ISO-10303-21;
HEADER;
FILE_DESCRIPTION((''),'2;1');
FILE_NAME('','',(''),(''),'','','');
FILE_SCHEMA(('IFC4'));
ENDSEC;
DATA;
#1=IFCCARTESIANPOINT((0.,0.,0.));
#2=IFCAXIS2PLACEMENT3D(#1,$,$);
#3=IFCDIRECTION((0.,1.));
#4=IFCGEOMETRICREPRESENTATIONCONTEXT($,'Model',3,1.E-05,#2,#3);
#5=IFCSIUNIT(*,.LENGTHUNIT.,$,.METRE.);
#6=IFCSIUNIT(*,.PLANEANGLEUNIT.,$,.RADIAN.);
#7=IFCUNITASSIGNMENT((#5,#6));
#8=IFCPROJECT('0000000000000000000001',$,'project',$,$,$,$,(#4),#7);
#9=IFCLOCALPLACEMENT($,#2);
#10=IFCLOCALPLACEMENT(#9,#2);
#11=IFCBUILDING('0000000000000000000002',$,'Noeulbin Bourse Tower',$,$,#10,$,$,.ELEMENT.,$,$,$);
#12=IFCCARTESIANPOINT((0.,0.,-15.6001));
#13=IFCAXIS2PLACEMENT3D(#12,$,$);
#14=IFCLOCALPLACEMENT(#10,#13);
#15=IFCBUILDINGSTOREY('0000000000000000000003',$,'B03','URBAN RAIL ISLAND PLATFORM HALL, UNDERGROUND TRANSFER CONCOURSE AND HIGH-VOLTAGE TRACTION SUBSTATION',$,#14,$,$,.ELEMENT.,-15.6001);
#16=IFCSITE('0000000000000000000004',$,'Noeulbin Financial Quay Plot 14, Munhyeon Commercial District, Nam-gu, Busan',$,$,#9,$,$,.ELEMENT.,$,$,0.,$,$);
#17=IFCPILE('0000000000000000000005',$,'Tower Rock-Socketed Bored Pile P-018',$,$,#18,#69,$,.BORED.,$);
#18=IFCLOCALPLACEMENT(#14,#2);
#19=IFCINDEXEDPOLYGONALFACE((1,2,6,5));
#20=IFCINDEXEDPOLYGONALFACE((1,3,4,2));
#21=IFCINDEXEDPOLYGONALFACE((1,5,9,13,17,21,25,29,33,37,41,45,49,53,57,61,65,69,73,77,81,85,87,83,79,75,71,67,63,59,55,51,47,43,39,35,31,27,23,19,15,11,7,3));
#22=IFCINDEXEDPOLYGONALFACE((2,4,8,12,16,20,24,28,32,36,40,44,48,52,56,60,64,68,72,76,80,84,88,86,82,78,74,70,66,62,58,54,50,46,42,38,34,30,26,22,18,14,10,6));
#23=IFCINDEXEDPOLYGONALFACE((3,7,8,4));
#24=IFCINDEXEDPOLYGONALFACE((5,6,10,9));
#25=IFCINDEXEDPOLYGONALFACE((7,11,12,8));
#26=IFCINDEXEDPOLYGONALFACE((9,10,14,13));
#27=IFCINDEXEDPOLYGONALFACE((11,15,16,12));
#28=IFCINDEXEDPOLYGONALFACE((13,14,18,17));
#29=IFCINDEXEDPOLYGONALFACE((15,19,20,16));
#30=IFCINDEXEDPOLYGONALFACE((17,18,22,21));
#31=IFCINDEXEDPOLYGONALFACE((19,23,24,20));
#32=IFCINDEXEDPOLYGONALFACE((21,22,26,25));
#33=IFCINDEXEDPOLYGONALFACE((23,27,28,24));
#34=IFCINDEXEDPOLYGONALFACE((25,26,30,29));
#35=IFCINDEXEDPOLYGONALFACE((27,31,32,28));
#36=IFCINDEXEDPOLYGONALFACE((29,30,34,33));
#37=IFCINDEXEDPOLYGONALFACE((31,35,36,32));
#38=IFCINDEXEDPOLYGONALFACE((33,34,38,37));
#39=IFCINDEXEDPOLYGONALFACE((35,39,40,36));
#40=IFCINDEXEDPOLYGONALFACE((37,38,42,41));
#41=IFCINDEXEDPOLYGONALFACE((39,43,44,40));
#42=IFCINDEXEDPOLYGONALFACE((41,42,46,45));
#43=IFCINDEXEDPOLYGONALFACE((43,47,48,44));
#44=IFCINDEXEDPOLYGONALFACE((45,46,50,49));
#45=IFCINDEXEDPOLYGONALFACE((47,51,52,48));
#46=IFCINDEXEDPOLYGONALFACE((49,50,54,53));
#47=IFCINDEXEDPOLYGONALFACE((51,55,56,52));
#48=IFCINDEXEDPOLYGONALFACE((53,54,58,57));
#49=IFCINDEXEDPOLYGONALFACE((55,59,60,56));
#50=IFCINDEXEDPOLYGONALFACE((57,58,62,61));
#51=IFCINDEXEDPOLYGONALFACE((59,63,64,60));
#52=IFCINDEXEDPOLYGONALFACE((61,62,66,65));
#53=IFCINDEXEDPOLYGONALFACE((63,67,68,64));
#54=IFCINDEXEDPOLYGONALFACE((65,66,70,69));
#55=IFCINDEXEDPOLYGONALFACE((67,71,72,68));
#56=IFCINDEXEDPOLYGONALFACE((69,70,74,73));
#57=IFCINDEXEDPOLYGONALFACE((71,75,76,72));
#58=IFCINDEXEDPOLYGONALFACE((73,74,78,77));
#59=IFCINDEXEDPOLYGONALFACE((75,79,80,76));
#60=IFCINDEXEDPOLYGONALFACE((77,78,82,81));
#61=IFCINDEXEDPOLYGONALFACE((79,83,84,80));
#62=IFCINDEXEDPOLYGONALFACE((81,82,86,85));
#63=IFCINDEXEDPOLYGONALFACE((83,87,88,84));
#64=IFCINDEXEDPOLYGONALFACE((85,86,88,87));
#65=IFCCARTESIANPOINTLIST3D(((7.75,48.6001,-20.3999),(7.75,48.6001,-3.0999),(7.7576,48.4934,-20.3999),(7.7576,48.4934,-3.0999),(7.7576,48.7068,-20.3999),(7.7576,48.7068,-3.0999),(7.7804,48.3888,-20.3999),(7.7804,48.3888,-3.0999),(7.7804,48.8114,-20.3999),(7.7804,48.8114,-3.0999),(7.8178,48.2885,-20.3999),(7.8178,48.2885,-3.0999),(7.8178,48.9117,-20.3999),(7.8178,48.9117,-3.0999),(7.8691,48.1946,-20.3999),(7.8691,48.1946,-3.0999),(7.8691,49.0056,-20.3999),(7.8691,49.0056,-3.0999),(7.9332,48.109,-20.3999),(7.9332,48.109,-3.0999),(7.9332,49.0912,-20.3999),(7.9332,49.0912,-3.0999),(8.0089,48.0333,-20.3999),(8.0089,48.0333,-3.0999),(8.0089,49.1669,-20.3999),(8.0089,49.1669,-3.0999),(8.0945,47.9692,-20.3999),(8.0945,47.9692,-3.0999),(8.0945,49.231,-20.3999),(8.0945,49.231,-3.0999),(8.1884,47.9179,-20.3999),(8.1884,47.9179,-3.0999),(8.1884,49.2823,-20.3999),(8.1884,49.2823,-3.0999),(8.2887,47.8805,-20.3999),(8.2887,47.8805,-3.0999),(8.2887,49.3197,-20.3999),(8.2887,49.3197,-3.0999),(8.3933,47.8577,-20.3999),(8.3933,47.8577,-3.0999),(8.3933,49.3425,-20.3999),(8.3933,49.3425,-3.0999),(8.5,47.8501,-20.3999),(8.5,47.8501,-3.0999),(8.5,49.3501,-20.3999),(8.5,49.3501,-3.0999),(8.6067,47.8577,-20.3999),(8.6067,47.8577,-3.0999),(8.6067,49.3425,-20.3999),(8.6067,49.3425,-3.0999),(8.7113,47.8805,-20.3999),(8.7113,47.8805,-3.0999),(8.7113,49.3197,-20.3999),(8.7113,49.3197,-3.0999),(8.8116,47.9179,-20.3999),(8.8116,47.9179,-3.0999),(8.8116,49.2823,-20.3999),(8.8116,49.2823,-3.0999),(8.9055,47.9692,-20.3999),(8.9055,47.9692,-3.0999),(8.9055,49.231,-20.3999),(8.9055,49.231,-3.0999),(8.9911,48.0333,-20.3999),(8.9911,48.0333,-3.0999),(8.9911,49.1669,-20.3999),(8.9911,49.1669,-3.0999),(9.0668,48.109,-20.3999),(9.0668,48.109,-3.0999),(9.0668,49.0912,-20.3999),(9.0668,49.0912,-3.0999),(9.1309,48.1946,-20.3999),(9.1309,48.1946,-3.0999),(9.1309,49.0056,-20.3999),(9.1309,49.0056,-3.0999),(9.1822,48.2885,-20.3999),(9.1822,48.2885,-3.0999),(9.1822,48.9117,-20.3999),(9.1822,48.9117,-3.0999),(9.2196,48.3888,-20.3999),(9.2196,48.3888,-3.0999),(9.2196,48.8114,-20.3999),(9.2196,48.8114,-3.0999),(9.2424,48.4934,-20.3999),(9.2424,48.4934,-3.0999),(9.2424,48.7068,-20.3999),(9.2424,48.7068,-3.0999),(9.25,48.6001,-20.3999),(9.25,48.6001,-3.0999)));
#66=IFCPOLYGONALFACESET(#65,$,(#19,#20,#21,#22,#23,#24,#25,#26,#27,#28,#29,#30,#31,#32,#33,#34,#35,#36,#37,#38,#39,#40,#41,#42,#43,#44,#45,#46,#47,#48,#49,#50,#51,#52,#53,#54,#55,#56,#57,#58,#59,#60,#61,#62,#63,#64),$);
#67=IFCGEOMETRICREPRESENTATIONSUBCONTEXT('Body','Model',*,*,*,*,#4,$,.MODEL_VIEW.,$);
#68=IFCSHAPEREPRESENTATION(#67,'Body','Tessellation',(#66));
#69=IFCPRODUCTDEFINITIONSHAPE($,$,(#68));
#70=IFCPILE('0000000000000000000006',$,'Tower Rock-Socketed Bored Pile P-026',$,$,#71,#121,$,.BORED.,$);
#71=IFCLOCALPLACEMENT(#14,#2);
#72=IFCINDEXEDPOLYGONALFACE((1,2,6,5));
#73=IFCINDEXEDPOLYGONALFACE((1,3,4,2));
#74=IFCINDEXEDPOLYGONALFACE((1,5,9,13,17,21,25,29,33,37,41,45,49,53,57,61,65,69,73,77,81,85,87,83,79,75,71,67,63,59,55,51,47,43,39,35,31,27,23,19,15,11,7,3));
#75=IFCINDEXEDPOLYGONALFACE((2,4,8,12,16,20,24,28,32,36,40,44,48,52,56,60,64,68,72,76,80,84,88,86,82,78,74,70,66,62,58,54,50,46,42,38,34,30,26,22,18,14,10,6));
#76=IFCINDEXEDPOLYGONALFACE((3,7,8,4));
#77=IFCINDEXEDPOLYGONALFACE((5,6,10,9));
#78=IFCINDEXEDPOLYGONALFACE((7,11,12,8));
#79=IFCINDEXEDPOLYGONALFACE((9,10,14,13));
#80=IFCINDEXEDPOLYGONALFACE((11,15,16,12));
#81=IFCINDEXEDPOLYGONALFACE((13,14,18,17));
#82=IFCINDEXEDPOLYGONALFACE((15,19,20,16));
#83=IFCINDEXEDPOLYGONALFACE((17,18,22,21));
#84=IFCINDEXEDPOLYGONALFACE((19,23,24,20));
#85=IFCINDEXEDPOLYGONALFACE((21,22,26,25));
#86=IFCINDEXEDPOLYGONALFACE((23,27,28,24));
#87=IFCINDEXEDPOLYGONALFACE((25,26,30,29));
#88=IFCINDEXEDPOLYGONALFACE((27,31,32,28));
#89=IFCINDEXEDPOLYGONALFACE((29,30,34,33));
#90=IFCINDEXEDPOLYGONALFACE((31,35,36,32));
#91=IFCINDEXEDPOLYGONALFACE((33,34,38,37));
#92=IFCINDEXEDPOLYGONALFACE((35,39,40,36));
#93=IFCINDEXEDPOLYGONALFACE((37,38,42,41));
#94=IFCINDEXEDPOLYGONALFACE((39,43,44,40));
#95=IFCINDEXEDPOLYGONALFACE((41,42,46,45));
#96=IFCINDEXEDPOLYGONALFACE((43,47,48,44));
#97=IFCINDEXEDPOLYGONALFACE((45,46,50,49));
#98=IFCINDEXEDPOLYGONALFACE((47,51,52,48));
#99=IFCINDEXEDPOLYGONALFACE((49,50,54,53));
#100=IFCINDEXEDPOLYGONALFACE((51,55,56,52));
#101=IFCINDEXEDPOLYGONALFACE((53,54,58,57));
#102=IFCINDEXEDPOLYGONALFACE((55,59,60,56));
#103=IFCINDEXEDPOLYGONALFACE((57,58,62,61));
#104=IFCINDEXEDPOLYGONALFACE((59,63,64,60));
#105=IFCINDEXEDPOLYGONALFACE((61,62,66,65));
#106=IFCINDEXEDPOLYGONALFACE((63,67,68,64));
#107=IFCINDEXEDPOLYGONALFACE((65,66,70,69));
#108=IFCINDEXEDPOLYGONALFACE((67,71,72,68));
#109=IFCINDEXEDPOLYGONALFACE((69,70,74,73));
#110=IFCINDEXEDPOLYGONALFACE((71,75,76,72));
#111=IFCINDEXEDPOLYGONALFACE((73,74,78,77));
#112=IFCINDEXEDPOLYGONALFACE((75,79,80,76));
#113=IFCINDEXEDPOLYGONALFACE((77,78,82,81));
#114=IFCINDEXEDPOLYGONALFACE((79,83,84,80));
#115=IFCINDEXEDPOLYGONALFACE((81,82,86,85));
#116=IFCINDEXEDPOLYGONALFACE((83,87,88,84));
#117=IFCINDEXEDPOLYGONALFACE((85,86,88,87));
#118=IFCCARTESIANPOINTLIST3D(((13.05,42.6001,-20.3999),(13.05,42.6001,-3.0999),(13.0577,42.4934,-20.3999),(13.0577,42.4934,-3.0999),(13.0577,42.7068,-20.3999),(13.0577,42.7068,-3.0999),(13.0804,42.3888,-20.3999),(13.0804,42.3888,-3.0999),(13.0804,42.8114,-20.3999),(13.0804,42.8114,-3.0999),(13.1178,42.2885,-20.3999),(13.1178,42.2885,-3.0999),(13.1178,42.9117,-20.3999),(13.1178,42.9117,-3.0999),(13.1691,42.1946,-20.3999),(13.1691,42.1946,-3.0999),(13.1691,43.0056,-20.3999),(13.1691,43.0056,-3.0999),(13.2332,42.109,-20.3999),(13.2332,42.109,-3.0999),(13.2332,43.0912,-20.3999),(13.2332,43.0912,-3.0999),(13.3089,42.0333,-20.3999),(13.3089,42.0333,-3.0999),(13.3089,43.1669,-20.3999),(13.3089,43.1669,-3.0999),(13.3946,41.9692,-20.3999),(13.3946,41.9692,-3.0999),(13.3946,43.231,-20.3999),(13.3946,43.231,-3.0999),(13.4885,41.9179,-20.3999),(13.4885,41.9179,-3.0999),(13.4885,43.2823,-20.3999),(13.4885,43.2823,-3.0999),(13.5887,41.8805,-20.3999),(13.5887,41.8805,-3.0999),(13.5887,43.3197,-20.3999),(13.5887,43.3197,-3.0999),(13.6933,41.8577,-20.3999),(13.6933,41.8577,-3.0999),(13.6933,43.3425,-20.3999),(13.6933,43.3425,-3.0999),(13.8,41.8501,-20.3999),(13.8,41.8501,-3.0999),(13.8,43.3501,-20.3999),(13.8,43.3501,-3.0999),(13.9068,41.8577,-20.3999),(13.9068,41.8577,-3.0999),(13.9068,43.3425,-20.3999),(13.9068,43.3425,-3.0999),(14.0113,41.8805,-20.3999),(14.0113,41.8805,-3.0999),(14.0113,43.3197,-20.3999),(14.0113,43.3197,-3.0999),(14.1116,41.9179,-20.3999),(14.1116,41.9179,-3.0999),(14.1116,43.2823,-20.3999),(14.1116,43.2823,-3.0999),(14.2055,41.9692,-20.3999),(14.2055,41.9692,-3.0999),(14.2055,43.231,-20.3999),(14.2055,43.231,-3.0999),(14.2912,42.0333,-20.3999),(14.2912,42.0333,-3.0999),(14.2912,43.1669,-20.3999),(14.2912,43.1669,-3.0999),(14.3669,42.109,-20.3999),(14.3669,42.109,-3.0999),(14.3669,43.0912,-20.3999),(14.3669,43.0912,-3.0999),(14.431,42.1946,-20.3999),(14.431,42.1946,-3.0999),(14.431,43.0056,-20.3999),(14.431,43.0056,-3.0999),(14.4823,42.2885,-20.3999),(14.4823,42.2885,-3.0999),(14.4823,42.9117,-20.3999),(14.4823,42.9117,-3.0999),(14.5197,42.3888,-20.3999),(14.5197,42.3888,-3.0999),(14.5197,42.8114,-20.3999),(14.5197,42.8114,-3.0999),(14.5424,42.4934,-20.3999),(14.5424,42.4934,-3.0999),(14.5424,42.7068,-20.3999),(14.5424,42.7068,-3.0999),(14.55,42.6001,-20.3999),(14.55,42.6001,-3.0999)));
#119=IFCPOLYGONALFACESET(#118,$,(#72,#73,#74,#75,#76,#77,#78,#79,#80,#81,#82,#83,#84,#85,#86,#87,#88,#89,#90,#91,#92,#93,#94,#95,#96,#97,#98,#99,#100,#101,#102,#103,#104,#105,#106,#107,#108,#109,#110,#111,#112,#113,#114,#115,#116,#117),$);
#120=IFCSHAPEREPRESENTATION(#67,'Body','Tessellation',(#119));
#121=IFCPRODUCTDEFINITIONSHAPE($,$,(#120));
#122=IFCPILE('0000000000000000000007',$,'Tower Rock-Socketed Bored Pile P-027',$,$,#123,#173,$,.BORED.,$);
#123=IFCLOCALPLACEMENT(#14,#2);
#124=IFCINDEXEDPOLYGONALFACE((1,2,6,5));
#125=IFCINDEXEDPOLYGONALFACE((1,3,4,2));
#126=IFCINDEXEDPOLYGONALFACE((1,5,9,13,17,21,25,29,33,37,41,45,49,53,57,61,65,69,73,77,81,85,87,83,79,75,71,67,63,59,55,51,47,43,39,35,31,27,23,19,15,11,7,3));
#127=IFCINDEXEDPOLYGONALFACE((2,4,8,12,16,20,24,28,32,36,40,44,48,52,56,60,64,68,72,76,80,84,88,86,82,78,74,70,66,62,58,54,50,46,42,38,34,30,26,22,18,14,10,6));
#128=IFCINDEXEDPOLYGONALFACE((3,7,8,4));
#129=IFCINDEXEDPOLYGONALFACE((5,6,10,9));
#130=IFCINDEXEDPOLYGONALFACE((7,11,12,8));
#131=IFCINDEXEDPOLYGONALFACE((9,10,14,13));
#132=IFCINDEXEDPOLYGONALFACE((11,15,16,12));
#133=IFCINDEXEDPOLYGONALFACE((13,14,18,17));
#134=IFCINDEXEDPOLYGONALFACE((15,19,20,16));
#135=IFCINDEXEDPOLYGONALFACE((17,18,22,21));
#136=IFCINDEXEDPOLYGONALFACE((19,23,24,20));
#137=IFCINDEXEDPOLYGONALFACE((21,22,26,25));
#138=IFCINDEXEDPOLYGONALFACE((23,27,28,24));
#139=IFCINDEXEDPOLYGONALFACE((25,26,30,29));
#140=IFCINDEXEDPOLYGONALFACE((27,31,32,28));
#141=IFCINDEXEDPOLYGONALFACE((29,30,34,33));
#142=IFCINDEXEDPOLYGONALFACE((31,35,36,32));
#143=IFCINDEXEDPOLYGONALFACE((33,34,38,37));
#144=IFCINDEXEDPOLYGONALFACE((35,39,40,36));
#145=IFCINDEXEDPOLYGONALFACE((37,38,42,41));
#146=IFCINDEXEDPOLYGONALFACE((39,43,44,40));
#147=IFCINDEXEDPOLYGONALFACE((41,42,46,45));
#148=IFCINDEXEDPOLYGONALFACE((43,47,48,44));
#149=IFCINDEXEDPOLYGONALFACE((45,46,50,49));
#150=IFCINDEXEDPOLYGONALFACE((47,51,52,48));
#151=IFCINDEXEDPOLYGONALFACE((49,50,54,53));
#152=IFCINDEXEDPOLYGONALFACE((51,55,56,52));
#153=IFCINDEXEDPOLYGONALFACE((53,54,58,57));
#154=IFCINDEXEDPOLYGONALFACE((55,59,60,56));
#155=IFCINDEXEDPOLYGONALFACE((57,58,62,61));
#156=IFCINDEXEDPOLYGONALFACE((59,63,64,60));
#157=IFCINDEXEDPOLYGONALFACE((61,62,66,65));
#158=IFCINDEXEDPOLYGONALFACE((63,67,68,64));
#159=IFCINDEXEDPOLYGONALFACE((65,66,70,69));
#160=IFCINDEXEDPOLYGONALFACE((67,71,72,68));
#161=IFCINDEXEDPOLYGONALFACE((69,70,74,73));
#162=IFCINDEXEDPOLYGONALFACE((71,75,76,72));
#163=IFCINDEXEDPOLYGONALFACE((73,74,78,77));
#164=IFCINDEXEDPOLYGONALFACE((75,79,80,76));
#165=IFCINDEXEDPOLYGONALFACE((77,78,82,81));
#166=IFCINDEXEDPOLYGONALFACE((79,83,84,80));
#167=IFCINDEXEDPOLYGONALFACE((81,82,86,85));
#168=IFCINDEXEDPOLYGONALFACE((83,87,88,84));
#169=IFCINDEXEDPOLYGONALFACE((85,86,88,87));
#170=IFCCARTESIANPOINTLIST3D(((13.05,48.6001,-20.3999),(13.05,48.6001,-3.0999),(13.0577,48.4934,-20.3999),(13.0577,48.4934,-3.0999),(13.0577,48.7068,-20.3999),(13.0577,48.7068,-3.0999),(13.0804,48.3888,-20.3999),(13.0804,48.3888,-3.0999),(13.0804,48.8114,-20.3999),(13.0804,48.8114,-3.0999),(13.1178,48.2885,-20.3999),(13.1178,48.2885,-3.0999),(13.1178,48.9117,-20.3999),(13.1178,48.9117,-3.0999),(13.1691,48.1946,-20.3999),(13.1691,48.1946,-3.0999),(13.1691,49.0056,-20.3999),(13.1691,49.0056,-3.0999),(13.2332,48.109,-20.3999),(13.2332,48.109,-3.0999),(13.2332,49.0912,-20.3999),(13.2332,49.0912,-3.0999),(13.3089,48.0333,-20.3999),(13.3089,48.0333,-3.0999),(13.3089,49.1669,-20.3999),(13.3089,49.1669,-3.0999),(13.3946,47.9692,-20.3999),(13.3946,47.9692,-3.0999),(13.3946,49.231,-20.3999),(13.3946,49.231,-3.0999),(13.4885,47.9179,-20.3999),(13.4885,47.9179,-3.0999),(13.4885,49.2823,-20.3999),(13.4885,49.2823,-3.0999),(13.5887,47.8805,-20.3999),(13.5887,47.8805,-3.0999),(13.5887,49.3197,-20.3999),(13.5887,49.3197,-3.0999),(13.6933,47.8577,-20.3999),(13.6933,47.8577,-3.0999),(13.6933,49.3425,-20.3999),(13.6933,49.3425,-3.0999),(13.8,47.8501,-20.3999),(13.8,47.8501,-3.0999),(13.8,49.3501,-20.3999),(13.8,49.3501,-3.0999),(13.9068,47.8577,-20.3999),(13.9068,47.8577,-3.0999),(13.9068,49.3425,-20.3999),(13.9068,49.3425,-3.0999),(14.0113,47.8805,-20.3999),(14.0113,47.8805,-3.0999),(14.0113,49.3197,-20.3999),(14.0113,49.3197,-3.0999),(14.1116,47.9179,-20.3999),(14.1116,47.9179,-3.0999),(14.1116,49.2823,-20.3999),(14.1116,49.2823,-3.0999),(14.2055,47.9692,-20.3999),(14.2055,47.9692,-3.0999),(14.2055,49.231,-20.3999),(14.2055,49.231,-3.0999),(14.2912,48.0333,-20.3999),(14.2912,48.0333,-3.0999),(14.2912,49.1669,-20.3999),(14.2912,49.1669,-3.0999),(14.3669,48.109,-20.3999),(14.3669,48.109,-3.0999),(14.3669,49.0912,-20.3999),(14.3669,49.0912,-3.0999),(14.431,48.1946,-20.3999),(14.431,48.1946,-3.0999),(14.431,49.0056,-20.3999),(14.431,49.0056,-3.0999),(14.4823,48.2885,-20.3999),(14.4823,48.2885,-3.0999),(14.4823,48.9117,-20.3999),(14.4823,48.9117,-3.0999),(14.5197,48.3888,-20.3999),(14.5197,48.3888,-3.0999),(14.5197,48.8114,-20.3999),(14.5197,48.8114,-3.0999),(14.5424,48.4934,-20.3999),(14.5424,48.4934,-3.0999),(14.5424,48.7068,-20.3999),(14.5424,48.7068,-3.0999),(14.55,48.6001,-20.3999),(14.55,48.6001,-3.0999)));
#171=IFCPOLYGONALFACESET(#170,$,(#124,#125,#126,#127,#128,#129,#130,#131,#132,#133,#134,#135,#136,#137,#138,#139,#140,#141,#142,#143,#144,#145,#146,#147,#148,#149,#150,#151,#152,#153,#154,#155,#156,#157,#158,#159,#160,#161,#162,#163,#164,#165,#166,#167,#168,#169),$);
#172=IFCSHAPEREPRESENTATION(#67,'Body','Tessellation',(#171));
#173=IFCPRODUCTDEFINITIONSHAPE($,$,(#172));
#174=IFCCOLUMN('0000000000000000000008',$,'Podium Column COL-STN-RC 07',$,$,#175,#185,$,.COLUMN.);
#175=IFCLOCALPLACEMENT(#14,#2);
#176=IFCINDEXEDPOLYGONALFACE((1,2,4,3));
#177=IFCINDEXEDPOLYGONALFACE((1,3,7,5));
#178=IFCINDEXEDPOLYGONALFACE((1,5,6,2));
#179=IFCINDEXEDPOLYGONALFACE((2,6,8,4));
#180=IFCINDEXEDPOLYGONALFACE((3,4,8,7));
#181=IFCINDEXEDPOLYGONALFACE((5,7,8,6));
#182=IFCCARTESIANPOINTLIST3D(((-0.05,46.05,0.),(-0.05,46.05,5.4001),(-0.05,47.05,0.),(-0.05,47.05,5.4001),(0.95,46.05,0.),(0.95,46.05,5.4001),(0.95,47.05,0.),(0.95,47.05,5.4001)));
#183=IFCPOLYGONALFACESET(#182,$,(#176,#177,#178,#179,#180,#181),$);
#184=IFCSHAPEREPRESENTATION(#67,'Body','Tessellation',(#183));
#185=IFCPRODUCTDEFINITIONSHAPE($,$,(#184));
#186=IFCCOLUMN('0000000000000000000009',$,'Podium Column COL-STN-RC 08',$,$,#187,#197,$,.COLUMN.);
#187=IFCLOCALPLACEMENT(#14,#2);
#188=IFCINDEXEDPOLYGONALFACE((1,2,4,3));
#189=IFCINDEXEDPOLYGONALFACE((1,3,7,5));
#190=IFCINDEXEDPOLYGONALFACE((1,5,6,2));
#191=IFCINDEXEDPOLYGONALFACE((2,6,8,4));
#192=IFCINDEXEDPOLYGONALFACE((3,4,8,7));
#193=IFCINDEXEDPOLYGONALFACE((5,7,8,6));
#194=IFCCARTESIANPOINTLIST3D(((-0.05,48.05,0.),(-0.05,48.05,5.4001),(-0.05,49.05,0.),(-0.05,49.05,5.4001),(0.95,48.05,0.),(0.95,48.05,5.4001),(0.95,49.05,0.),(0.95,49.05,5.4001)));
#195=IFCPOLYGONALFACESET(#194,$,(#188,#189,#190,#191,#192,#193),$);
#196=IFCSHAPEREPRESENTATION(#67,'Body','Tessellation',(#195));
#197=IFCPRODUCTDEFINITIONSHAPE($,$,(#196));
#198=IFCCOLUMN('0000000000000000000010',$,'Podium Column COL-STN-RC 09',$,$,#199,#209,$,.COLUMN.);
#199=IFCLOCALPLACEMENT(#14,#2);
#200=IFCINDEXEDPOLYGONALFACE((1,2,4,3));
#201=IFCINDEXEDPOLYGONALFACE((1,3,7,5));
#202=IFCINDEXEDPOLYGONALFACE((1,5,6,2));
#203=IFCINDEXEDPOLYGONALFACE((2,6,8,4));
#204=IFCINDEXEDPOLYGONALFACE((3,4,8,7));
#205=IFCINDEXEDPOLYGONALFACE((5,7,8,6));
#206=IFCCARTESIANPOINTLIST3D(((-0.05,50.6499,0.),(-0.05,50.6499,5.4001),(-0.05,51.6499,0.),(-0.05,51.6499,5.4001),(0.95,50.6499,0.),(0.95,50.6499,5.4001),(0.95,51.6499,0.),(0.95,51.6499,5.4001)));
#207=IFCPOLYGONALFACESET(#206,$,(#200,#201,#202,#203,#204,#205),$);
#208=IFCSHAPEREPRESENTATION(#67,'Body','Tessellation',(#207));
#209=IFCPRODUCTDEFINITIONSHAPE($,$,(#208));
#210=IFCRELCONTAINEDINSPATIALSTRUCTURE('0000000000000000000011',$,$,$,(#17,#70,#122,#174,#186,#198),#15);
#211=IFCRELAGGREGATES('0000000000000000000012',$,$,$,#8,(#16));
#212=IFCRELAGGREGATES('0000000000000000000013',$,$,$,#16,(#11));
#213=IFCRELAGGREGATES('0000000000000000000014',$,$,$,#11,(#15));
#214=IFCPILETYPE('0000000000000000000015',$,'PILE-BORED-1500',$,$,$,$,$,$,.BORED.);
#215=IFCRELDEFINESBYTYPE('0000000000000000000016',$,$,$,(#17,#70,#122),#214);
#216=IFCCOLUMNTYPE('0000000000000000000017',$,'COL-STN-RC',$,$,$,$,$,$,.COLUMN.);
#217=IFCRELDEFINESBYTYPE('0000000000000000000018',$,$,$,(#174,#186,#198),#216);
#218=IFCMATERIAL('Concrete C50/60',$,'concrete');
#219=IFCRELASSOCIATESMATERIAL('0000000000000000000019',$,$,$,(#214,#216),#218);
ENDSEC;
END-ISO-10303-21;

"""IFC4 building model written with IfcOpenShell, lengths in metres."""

from ifc_helpers import new_model, si_unit, direction, frame, origin, origin_2d, place, context, subcontext, project, spatial, rectangle, circle, extrude, material, material_profile, profile_set, type_object, element, save


model = new_model("IFC4")

# Units and contexts
model_context = context("Model", 3, precision=1e-05, world=origin(), true_north=direction((0.0, 1.0)))
body_context = subcontext(model_context, "Body", "Model", "MODEL_VIEW")
ifc_project = project(units=[si_unit("LENGTHUNIT", "METRE"), si_unit("PLANEANGLEUNIT", "RADIAN")], contexts=[model_context])

# Site, building, storey
site_placement = place(None, origin())
site = spatial("IfcSite", under=ifc_project, at=site_placement, Name="Noeulbin Financial Quay Plot 14, Munhyeon Commercial District, Nam-gu, Busan", CompositionType="ELEMENT", RefElevation=0.0)
building_placement = place(site_placement, origin())
building = spatial("IfcBuilding", under=site, at=building_placement, Name="Noeulbin Bourse Tower", CompositionType="ELEMENT")
storey_placement = place(building_placement, frame((0.0, 0.0, -15.6001)))
storey = spatial("IfcBuildingStorey", under=building, at=storey_placement, Name="B03", Description="URBAN RAIL ISLAND PLATFORM HALL, UNDERGROUND TRANSFER CONCOURSE AND HIGH-VOLTAGE TRACTION SUBSTATION", CompositionType="ELEMENT", Elevation=-15.6001)

# Piles
ifc_material_1 = material(Name="Concrete C50/60", Category="concrete")
ifc_material_profile_1 = material_profile(ifc_material_1, circle(Radius=0.75, at=origin_2d()), Name="PILE-D1500", Category="LoadBearing")
ifc_profile_set_1 = profile_set([ifc_material_profile_1], Name="Concrete C50/60")
pile_type = type_object("IfcPileType", Name="PILE-BORED-1500", PredefinedType="BORED", material=ifc_profile_set_1)
for number, where, z_axis, x_axis, name in (
    (1, (8.5, 48.6001, -3.0999), (0.0, 0.0, -1.0), (1.0, 0.0, 0.0), "Tower Rock-Socketed Bored Pile P-018"),
    (2, (13.8, 42.6001, -3.0999), (0.0, 0.0, -1.0), (1.0, 0.0, 0.0), "Tower Rock-Socketed Bored Pile P-026"),
    (3, (13.8, 48.6001, -3.0999), (0.0, 0.0, -1.0), (1.0, 0.0, 0.0), "Tower Rock-Socketed Bored Pile P-027"),
):
    element("IfcPile", number, at=place(storey_placement, frame(where, z_axis=z_axis, x_axis=x_axis)), inside=storey, type_object=pile_type, Name=name, PredefinedType="BORED", context=body_context, shape_type="SweptSolid", body=[
        extrude(circle(Radius=0.75, at=origin_2d()), origin(), (0.0, 0.0, 1.0), 17.3),
    ])

# Columns
ifc_material_profile_2 = material_profile(ifc_material_1, rectangle(XDim=1.0, YDim=1.0, at=origin_2d()), Name="RC-COL-1000x1000", Category="LoadBearing")
ifc_profile_set_2 = profile_set([ifc_material_profile_2], Name="Concrete C50/60")
column_type = type_object("IfcColumnType", Name="COL-STN-RC", PredefinedType="COLUMN", material=ifc_profile_set_2)
for number, where, z_axis, x_axis, name in (
    (4, (0.45, 46.55, 0.0), (0.0, 0.0, 1.0), (1.0, 0.0, 0.0), "Podium Column COL-STN-RC 07"),
    (5, (0.45, 48.55, 0.0), (0.0, 0.0, 1.0), (1.0, 0.0, 0.0), "Podium Column COL-STN-RC 08"),
    (6, (0.45, 51.1499, 0.0), (0.0, 0.0, 1.0), (1.0, 0.0, 0.0), "Podium Column COL-STN-RC 09"),
):
    element("IfcColumn", number, at=place(storey_placement, frame(where, z_axis=z_axis, x_axis=x_axis)), inside=storey, type_object=column_type, Name=name, PredefinedType="COLUMN", context=body_context, shape_type="SweptSolid", body=[
        extrude(rectangle(XDim=1.0, YDim=1.0, at=origin_2d()), origin(), (0.0, 0.0, 1.0), 5.4001),
    ])

save(model, "model.ifc")
